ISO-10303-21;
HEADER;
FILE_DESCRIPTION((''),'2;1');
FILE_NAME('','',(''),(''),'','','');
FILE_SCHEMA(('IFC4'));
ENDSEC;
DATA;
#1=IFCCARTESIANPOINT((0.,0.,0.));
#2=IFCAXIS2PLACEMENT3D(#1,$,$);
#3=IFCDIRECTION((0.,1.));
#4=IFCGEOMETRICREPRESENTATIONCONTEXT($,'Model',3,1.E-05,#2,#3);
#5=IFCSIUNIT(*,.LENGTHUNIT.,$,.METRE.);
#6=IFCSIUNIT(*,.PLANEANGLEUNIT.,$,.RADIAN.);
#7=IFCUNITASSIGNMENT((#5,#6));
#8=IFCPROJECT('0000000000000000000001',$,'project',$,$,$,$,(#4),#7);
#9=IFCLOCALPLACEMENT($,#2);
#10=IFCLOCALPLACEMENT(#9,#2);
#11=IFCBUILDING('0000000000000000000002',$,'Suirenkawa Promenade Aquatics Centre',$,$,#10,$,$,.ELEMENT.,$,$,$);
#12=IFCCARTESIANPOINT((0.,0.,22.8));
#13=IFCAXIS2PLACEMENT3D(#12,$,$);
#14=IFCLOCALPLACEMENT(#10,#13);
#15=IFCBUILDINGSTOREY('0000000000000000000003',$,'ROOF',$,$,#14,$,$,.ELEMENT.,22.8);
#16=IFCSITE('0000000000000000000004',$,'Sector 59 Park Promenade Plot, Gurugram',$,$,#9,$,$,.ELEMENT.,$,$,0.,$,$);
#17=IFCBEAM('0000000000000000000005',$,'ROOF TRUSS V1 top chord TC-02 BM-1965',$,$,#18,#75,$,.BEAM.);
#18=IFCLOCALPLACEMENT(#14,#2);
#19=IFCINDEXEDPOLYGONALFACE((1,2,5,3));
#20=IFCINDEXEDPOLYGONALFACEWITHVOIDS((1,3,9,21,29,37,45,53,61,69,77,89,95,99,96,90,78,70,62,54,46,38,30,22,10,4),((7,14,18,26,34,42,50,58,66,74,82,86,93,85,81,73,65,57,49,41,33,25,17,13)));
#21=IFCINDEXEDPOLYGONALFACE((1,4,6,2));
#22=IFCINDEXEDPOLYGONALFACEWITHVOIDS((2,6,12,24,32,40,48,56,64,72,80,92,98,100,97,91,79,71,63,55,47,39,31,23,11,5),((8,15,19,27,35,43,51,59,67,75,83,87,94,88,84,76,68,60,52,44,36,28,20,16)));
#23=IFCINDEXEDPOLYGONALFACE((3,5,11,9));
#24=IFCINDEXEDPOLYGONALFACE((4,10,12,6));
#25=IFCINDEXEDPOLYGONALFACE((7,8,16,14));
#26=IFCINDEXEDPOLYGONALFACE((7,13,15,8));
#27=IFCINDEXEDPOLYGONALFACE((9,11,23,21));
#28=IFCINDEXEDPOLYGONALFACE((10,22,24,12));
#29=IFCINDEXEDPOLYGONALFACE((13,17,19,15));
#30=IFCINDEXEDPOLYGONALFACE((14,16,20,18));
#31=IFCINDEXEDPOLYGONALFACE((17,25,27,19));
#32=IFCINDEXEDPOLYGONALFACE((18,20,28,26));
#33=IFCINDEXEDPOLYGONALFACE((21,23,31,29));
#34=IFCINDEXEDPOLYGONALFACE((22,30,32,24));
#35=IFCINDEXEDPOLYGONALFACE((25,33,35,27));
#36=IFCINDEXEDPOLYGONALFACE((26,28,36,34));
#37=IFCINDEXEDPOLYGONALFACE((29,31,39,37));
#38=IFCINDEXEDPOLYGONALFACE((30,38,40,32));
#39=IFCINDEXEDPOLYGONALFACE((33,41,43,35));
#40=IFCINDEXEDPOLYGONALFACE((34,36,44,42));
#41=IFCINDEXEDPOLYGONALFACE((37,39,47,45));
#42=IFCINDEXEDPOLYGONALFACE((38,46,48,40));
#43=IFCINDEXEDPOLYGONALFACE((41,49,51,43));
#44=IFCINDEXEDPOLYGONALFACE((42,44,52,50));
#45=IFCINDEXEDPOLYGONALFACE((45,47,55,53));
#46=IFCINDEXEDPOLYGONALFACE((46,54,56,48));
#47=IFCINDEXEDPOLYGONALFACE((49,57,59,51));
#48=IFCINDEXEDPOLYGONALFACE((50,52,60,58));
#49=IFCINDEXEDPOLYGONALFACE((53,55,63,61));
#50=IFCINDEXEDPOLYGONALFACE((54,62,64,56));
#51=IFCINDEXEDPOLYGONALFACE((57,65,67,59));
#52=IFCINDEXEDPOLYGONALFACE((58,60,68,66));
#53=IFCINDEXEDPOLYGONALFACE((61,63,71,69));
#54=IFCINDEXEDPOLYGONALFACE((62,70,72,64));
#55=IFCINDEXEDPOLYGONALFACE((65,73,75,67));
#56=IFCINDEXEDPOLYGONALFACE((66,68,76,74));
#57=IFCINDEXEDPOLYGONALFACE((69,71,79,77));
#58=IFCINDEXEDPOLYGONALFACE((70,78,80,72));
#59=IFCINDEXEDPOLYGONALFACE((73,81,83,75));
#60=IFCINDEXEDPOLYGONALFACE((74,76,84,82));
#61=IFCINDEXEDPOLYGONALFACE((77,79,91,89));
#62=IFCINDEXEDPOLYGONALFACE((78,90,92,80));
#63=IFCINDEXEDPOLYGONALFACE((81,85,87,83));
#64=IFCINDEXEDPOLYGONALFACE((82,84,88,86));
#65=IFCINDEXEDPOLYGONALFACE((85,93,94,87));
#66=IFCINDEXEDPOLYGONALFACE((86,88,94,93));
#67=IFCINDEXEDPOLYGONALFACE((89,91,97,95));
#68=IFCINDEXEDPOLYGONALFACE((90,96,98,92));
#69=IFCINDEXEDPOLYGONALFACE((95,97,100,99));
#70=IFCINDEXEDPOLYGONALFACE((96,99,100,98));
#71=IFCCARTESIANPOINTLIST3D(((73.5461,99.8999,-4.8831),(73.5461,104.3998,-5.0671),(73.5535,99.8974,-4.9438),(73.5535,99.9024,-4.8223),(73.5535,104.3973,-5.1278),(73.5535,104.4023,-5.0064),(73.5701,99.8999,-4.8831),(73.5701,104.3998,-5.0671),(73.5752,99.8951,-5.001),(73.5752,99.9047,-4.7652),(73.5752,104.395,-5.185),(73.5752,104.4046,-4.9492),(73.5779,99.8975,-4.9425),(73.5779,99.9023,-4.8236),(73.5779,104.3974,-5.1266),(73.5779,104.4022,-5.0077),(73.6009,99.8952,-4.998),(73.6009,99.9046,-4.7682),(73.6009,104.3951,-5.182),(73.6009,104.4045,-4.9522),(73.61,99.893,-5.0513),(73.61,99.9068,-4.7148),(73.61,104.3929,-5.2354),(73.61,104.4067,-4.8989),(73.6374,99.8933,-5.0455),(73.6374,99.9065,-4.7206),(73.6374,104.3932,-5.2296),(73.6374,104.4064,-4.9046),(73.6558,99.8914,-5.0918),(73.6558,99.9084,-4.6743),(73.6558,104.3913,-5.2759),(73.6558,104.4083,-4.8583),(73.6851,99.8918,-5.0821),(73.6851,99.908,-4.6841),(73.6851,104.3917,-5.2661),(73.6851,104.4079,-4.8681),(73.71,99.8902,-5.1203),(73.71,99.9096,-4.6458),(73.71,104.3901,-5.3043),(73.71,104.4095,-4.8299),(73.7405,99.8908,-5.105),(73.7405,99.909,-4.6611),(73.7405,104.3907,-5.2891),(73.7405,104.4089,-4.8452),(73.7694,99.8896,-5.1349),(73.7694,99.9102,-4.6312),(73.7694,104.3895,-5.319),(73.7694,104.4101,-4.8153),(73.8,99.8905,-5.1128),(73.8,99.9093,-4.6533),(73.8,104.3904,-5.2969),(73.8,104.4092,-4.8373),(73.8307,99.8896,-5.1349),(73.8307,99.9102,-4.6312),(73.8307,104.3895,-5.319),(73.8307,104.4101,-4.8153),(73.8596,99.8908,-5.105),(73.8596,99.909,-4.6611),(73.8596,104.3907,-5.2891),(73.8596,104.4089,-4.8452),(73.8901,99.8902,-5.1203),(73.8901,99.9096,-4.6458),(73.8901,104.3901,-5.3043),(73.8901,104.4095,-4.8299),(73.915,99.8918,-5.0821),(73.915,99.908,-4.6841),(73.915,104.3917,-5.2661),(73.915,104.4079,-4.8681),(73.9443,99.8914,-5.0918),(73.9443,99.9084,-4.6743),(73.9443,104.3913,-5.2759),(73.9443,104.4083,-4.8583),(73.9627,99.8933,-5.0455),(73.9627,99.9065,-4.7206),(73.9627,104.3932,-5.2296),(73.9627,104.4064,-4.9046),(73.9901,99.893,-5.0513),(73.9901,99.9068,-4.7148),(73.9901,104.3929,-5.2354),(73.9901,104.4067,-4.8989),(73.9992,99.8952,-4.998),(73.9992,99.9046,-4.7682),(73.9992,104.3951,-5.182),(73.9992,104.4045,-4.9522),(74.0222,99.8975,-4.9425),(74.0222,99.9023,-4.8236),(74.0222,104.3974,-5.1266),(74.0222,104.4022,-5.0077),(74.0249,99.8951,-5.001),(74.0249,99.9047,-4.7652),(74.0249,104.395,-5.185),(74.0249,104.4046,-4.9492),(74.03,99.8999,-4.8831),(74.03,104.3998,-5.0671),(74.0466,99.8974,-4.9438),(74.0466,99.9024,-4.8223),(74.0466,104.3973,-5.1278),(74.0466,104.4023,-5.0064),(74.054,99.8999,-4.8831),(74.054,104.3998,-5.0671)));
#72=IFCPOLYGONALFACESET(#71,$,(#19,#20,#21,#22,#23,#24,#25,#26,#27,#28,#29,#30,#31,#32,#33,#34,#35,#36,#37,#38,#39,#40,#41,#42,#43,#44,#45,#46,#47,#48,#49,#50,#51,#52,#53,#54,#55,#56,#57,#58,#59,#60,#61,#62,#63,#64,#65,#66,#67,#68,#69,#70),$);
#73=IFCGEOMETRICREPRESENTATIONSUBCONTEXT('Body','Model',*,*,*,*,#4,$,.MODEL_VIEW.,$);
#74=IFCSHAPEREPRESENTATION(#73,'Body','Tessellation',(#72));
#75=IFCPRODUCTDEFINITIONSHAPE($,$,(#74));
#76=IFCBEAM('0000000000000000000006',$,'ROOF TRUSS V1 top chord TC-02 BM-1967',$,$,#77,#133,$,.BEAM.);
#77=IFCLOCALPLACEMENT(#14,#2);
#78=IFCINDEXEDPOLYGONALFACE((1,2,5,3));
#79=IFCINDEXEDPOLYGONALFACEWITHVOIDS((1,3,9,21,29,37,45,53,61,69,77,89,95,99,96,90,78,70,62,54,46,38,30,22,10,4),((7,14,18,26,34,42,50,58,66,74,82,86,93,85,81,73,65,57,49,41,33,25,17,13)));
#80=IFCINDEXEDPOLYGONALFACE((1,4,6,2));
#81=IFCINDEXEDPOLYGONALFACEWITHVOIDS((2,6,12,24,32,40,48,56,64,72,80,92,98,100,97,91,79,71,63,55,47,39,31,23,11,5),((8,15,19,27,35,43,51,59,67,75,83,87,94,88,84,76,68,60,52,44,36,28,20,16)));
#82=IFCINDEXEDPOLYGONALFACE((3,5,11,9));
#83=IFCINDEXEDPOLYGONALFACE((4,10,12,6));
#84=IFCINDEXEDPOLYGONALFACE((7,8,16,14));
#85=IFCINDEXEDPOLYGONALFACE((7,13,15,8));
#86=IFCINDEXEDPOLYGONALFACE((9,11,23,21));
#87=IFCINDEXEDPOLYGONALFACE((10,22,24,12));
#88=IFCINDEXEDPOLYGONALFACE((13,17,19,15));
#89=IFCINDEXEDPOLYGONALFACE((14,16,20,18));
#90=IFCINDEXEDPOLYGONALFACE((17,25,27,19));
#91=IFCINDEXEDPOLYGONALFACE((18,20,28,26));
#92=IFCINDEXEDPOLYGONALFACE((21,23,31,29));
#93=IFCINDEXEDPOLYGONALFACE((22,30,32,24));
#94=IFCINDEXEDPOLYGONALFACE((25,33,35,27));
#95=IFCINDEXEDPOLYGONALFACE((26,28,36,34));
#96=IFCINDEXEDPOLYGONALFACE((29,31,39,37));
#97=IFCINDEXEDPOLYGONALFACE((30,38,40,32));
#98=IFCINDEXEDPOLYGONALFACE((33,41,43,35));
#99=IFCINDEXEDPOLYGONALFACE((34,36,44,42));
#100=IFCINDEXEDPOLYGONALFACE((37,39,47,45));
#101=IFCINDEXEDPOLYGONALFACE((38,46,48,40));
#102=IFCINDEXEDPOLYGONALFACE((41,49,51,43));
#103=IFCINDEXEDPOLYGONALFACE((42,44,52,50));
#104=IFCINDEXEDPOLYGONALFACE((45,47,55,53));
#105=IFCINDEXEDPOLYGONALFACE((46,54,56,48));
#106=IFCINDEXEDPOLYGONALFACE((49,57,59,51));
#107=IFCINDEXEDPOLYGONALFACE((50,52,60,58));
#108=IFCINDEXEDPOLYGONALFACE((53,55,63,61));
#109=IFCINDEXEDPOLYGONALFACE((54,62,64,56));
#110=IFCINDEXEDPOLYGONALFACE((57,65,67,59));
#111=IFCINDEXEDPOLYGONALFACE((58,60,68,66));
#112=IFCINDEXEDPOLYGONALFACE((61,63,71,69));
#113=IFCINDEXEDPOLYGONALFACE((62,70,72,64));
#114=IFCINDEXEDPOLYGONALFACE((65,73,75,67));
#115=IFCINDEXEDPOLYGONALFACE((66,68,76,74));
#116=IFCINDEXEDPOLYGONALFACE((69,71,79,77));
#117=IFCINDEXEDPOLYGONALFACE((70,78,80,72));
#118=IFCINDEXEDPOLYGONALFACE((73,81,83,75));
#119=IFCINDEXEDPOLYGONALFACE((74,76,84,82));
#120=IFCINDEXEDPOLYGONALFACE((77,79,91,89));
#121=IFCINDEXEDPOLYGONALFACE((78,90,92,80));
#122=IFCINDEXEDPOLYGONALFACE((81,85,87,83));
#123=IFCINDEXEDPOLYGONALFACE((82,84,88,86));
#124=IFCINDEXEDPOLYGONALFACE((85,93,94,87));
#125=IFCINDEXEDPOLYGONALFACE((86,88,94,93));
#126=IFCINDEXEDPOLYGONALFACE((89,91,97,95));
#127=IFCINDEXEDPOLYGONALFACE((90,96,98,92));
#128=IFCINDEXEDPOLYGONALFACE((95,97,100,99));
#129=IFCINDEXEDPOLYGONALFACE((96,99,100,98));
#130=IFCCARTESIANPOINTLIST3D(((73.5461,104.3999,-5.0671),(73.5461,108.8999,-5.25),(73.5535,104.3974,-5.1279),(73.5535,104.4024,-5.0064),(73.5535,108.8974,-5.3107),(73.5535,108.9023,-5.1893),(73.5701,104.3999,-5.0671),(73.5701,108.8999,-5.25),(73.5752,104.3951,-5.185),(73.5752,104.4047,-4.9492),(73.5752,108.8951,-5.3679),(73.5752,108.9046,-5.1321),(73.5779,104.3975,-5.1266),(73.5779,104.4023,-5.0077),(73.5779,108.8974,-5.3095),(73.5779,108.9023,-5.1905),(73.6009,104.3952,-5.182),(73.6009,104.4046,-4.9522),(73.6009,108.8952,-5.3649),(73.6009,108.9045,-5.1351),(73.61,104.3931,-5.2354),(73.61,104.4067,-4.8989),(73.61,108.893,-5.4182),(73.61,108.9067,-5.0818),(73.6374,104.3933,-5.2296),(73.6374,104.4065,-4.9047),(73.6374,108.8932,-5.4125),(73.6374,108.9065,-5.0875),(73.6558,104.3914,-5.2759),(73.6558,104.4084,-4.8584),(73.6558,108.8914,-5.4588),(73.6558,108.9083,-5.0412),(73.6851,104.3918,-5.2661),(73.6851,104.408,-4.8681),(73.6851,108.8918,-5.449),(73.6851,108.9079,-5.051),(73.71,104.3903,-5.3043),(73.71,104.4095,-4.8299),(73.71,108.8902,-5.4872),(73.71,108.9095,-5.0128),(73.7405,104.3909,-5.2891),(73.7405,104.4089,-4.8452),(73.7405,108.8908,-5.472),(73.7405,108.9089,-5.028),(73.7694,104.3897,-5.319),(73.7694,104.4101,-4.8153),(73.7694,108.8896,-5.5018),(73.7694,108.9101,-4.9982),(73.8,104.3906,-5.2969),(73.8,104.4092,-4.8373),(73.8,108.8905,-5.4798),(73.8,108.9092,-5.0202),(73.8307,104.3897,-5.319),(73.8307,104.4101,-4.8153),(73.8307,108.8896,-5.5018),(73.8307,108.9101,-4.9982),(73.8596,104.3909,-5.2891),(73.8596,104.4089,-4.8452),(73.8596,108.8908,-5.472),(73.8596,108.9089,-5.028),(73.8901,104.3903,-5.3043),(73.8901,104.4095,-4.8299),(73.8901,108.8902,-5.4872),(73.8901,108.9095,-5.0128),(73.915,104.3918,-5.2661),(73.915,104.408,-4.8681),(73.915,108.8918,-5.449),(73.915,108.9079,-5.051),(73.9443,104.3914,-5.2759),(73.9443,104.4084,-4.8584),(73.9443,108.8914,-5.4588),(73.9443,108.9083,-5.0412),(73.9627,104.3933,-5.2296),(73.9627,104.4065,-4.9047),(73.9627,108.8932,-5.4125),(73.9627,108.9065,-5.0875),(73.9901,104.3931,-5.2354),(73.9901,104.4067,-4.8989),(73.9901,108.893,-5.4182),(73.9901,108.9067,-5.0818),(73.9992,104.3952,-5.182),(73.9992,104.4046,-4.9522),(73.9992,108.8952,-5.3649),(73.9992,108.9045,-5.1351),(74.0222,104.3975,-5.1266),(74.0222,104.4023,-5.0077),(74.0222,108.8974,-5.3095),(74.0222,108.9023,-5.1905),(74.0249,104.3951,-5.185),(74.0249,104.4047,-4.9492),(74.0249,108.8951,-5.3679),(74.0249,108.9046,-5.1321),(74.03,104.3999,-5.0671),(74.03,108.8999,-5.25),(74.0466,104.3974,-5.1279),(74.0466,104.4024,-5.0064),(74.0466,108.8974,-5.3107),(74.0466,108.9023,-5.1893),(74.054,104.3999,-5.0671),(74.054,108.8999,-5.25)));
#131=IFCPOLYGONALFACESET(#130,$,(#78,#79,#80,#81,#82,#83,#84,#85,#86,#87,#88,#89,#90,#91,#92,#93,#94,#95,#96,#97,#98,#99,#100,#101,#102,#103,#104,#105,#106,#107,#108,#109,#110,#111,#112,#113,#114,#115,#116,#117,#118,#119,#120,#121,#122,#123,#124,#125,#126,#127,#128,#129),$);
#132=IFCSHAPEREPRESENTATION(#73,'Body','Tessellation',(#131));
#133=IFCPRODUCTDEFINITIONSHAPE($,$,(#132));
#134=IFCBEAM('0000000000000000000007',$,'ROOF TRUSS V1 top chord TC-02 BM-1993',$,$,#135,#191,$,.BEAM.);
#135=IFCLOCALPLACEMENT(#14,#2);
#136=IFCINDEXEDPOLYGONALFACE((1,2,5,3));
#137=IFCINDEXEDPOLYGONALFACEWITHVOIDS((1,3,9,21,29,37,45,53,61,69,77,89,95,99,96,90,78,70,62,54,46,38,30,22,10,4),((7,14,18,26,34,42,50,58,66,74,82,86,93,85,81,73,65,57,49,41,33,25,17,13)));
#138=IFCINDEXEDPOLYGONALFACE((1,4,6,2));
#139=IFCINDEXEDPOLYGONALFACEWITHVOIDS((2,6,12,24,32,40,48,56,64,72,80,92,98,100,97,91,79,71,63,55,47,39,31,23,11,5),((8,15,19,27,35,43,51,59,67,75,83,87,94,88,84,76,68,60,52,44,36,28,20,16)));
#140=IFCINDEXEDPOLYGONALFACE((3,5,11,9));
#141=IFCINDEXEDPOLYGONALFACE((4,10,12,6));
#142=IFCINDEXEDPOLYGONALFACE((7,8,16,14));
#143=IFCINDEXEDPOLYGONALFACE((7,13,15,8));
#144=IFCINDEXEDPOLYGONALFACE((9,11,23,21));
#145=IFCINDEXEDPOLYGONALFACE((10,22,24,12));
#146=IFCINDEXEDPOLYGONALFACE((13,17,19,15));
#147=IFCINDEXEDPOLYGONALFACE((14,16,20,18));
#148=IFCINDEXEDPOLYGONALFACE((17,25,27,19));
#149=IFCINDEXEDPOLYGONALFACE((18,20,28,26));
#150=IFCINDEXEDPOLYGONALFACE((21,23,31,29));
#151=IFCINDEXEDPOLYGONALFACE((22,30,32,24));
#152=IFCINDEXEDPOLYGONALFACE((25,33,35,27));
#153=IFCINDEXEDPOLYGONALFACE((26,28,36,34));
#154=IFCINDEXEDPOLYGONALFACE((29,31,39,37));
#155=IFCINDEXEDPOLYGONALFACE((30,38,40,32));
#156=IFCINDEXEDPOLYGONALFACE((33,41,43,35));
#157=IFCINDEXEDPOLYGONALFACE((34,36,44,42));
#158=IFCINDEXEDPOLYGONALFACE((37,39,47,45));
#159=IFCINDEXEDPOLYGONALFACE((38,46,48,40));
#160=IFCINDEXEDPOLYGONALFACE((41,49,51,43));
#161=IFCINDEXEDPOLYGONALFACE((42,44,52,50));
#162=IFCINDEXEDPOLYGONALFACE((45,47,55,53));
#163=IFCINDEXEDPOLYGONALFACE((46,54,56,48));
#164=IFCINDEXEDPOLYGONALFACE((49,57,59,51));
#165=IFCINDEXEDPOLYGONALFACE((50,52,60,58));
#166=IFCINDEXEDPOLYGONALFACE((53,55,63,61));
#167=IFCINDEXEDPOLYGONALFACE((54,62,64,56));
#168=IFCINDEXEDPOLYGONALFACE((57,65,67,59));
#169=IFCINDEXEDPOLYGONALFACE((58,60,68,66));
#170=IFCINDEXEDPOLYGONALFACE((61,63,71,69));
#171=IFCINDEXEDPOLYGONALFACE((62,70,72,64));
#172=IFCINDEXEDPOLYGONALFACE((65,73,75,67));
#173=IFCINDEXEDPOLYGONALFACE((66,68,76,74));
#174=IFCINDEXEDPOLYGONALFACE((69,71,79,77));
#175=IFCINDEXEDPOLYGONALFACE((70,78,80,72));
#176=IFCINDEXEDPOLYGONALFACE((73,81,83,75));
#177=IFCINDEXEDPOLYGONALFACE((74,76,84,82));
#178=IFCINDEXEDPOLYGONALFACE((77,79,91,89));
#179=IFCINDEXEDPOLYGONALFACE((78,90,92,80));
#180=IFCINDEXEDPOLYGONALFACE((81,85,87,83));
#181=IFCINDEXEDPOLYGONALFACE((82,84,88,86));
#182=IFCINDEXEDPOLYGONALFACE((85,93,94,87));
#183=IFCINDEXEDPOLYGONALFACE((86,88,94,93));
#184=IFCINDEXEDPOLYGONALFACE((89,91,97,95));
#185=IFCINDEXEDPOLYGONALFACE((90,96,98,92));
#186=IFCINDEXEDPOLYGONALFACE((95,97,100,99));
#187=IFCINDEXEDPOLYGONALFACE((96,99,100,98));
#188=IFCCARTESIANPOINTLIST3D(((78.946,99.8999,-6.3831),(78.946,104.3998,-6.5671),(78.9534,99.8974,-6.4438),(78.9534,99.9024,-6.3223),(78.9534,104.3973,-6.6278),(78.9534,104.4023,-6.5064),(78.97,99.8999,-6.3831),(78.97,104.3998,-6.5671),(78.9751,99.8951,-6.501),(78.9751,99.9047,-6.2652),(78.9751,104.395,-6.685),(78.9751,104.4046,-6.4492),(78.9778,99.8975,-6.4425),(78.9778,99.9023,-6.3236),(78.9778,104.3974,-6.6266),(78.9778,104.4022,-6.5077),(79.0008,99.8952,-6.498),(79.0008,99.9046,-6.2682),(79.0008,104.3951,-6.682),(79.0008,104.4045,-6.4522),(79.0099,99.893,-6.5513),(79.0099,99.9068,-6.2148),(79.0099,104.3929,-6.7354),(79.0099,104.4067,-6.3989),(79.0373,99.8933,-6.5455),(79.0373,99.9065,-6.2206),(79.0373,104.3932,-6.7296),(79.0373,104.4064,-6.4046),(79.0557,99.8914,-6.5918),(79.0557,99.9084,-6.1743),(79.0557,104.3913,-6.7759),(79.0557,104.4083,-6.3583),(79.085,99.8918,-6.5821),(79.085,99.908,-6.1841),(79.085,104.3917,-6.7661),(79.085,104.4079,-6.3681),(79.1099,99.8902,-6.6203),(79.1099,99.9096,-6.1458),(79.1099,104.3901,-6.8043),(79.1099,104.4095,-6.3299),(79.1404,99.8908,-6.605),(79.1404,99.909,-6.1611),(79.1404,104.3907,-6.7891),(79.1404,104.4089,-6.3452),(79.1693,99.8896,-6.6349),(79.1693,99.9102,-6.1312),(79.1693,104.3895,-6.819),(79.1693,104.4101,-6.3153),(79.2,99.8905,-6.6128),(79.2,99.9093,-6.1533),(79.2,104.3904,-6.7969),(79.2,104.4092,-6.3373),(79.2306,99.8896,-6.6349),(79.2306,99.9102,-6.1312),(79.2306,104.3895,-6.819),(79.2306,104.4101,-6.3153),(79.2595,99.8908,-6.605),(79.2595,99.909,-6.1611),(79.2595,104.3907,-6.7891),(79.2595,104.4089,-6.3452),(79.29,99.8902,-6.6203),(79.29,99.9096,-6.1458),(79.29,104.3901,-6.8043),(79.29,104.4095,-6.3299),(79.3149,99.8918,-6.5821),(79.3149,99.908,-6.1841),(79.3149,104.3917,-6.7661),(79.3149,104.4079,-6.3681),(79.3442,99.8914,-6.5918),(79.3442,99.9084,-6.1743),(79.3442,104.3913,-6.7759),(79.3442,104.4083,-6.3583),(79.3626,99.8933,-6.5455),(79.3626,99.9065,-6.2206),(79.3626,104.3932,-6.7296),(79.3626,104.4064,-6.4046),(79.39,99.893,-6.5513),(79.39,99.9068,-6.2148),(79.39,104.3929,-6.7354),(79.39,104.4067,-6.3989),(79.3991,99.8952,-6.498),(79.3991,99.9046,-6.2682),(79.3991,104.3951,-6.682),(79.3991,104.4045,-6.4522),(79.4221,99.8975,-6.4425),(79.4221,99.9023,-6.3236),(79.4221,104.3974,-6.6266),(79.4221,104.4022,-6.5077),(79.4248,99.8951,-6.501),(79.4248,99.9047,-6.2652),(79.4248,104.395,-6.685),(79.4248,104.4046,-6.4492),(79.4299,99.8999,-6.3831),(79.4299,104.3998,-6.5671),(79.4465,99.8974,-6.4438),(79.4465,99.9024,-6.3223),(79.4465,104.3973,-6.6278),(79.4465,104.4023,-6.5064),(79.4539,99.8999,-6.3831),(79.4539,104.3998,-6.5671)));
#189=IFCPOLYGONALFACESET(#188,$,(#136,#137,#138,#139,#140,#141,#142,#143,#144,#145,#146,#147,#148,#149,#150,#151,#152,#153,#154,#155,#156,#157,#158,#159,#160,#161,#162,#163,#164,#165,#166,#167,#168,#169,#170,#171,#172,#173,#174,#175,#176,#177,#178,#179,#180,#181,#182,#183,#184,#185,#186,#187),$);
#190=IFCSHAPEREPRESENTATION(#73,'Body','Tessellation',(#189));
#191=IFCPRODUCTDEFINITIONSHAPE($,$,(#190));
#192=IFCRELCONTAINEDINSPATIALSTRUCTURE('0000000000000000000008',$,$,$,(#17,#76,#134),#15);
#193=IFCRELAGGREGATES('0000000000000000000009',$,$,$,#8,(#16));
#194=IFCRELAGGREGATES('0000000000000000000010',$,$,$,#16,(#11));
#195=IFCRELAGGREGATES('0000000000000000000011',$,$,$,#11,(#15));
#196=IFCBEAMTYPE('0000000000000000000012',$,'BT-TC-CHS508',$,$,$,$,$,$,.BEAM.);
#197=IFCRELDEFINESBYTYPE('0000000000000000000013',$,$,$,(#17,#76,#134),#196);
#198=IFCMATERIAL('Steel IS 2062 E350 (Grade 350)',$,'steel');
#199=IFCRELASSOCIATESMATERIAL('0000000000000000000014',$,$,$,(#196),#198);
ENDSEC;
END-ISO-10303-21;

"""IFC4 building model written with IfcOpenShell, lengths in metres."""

from ifc_helpers import new_model, si_unit, direction, frame, origin, origin_2d, place, context, subcontext, project, spatial, hollow_circle, extrude, material, material_profile, profile_set, type_object, element, save


model = new_model("IFC4")

# Units and contexts
model_context = context("Model", 3, precision=1e-05, world=origin(), true_north=direction((0.0, 1.0)))
body_context = subcontext(model_context, "Body", "Model", "MODEL_VIEW")
ifc_project = project(units=[si_unit("LENGTHUNIT", "METRE"), si_unit("PLANEANGLEUNIT", "RADIAN")], contexts=[model_context])

# Site, building, storey
site_placement = place(None, origin())
site = spatial("IfcSite", under=ifc_project, at=site_placement, Name="Sector 59 Park Promenade Plot, Gurugram", CompositionType="ELEMENT", RefElevation=0.0)
building_placement = place(site_placement, origin())
building = spatial("IfcBuilding", under=site, at=building_placement, Name="Suirenkawa Promenade Aquatics Centre", CompositionType="ELEMENT")
storey_placement = place(building_placement, frame((0.0, 0.0, 22.8)))
storey = spatial("IfcBuildingStorey", under=building, at=storey_placement, Name="ROOF", CompositionType="ELEMENT", Elevation=22.8)

# Beams
ifc_material_1 = material(Name="Steel IS 2062 E350 (Grade 350)", Category="steel")
ifc_material_profile_1 = material_profile(ifc_material_1, hollow_circle(Radius=0.2539, WallThickness=0.0239, at=origin_2d()), Name="CHS 508x24", Category="steel")
ifc_profile_set_1 = profile_set([ifc_material_profile_1], Name="Steel IS 2062 E350 (Grade 350)")
beam_type_1 = type_object("IfcBeamType", Name="BT-TC-CHS508", PredefinedType="BEAM", material=ifc_profile_set_1)
for number, where, z_axis, x_axis, name in (
    (1, (73.8, 99.8999, -4.8831), (0.0, 0.999164, -0.040873), (-1.0, 0.0, 0.0), "ROOF TRUSS V1 top chord TC-02 BM-1965"),
    (2, (73.8, 104.3999, -5.0671), (0.0, 0.999175, -0.040602), (-1.0, 0.0, 0.0), "ROOF TRUSS V1 top chord TC-02 BM-1967"),
    (3, (79.2, 99.8999, -6.3831), (0.0, 0.999164, -0.040873), (-1.0, 0.0, 0.0), "ROOF TRUSS V1 top chord TC-02 BM-1993"),
):
    element("IfcBeam", number, at=place(storey_placement, frame(where, z_axis=z_axis, x_axis=x_axis)), inside=storey, type_object=beam_type_1, Name=name, PredefinedType="BEAM", context=body_context, shape_type="SweptSolid", body=[
        extrude(hollow_circle(Radius=0.2539, WallThickness=0.0239, at=origin_2d()), origin(), (0.0, 0.0, 1.0), 4.5037),
    ])

save(model, "model.ifc")
